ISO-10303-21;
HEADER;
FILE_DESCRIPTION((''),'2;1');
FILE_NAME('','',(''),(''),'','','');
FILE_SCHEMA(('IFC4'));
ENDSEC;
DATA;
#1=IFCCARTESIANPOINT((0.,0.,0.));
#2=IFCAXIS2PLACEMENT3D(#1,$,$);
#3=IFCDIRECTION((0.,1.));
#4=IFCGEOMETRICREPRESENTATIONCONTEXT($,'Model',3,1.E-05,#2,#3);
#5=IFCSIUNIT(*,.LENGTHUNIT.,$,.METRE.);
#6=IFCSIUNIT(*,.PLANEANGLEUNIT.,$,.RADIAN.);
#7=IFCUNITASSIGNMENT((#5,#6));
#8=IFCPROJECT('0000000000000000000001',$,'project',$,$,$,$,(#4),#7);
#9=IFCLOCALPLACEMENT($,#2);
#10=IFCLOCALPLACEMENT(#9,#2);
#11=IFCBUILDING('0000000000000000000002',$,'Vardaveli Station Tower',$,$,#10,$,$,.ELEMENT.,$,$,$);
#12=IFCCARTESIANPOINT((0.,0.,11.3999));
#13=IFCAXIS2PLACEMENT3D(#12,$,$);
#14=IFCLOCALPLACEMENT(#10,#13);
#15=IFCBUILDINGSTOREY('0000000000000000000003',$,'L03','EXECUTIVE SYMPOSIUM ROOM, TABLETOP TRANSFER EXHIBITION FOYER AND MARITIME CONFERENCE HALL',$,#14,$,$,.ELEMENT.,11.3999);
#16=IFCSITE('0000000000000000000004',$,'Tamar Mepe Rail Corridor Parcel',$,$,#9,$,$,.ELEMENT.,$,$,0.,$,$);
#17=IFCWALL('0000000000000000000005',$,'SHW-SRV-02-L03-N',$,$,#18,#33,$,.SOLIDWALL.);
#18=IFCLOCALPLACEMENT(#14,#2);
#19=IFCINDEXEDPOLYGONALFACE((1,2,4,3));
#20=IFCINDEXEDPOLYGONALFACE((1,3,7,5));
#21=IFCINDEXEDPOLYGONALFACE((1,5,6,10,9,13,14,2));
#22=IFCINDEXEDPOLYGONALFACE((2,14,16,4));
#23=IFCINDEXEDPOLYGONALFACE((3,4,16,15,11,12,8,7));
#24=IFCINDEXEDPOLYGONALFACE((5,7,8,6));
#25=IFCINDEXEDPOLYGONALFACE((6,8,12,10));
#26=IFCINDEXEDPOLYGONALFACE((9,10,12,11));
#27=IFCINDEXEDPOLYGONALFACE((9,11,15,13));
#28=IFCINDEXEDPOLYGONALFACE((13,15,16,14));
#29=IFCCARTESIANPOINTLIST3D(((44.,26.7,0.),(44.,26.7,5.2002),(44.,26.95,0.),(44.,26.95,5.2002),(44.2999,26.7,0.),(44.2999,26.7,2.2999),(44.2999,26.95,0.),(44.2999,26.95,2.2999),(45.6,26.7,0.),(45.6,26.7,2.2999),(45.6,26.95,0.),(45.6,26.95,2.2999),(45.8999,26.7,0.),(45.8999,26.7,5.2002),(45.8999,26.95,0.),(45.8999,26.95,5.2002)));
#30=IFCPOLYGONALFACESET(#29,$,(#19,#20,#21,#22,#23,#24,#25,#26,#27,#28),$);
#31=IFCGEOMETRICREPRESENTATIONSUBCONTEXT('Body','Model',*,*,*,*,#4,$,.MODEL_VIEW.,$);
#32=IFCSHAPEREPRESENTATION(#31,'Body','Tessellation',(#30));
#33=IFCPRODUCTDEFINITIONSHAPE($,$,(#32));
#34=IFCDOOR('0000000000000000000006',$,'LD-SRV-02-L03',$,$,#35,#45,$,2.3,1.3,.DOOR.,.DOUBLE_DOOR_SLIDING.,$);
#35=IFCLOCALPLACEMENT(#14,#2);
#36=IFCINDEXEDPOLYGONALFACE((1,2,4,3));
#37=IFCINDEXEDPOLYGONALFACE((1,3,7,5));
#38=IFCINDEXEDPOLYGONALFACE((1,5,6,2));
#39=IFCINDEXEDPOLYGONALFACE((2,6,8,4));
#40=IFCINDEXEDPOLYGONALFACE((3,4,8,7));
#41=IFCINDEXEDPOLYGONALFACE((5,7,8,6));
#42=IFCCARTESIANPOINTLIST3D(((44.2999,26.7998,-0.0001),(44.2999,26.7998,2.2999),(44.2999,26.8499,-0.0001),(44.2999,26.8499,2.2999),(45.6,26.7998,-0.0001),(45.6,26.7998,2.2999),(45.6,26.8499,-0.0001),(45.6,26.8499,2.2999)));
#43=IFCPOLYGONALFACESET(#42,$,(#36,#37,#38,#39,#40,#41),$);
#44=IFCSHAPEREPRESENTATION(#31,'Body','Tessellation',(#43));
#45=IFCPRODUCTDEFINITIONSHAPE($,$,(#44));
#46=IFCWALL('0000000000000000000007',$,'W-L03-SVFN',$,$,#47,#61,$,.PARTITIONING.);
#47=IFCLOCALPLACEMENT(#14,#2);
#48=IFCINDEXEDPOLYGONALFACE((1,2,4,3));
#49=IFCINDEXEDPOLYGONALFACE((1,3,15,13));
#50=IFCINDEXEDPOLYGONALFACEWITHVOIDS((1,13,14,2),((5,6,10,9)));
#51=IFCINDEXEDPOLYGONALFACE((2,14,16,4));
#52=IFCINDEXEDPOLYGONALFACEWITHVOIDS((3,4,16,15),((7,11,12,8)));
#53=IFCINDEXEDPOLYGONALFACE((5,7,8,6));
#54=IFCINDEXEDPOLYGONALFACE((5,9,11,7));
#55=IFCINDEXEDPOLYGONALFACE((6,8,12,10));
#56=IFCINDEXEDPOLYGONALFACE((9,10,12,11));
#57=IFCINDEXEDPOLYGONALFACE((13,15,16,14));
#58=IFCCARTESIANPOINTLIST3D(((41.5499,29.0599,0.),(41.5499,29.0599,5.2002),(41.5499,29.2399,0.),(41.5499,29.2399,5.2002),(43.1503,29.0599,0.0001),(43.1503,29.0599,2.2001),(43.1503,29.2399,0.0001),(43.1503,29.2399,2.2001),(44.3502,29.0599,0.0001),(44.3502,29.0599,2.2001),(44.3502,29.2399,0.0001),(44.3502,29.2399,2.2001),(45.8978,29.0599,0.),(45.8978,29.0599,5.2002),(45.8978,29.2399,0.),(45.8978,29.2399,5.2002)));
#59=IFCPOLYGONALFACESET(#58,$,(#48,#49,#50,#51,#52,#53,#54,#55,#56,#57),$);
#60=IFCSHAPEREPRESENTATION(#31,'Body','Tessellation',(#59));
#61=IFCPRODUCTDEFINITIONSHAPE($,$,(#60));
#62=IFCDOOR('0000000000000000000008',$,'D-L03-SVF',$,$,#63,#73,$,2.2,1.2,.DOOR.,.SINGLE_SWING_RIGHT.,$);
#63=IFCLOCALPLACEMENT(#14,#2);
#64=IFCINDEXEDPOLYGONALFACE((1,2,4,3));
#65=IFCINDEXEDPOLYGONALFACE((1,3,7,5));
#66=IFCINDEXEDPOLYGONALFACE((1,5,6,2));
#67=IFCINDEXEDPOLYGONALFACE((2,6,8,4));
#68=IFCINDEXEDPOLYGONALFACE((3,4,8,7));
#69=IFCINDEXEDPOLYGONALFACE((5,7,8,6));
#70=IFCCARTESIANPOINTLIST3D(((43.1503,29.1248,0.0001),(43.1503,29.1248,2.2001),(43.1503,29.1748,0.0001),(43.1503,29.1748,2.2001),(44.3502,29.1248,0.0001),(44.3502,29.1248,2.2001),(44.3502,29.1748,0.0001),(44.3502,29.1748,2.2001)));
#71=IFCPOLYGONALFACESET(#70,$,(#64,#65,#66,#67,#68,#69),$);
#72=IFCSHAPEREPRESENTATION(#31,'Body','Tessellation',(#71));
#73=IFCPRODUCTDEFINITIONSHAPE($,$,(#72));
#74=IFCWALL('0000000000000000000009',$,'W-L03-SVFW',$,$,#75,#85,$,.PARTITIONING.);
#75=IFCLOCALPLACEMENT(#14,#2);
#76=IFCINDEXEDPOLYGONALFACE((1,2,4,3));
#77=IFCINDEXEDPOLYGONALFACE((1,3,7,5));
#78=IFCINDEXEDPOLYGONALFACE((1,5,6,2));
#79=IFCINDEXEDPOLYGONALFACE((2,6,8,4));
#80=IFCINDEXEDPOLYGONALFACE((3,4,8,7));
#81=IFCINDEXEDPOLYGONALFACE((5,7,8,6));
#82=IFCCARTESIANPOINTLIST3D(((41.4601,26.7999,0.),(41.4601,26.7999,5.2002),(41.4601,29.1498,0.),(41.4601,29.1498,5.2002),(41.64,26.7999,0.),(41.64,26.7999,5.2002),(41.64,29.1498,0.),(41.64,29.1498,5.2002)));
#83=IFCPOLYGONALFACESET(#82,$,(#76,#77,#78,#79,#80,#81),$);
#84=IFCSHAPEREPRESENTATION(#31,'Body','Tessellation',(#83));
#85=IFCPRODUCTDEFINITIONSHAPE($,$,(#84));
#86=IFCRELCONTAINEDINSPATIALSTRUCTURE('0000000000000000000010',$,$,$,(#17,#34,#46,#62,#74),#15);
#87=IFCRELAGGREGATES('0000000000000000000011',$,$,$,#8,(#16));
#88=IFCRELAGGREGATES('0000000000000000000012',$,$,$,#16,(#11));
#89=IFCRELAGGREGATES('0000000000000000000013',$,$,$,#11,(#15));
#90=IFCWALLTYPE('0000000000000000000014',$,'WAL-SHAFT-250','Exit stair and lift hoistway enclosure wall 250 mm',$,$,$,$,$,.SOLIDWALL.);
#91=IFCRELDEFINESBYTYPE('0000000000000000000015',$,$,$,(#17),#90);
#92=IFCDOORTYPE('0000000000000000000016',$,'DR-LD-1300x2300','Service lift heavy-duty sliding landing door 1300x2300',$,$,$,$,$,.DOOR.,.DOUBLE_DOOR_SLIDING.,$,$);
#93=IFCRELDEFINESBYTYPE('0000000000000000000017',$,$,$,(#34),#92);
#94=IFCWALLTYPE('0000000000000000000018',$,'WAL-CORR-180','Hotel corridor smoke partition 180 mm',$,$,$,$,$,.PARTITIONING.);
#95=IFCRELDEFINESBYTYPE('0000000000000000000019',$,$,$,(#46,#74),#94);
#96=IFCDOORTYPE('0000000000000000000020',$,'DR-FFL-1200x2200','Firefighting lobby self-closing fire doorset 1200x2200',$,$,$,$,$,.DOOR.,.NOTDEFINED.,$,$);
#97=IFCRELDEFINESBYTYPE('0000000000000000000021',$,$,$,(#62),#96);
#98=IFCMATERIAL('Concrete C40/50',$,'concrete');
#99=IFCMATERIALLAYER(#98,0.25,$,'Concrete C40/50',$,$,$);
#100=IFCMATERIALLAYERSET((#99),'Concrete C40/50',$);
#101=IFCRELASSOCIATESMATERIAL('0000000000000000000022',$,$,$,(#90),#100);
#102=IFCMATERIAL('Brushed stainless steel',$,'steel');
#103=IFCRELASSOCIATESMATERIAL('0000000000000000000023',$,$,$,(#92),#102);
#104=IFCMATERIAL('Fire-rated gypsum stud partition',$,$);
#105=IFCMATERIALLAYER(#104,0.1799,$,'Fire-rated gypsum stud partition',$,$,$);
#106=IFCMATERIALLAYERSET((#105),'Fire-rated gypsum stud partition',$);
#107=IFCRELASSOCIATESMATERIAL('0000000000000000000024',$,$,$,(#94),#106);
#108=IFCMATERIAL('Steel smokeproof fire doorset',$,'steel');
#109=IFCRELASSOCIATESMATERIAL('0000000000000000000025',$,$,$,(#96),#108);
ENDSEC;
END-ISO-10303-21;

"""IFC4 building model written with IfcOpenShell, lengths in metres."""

from ifc_helpers import new_model, si_unit, direction, frame, frame_2d, origin, place, context, subcontext, project, spatial, rectangle, extrude, source, transform, mapped, material, layer, layer_set, type_object, element, fill, save


model = new_model("IFC4")

# Units and contexts
model_context = context("Model", 3, precision=1e-05, world=origin(), true_north=direction((0.0, 1.0)))
body_context = subcontext(model_context, "Body", "Model", "MODEL_VIEW")
ifc_project = project(units=[si_unit("LENGTHUNIT", "METRE"), si_unit("PLANEANGLEUNIT", "RADIAN")], contexts=[model_context])

# Site, building, storey
site_placement = place(None, origin())
site = spatial("IfcSite", under=ifc_project, at=site_placement, Name="Tamar Mepe Rail Corridor Parcel", CompositionType="ELEMENT", RefElevation=0.0)
building_placement = place(site_placement, origin())
building = spatial("IfcBuilding", under=site, at=building_placement, Name="Vardaveli Station Tower", CompositionType="ELEMENT")
storey_placement = place(building_placement, frame((0.0, 0.0, 11.3999)))
storey = spatial("IfcBuildingStorey", under=building, at=storey_placement, Name="L03", Description="EXECUTIVE SYMPOSIUM ROOM, TABLETOP TRANSFER EXHIBITION FOYER AND MARITIME CONFERENCE HALL", CompositionType="ELEMENT", Elevation=11.3999)

# Shared definitions
ifc_material_1 = material(Name="Concrete C40/50", Category="concrete")
ifc_layer_1 = layer(ifc_material_1, 0.25, Name="Concrete C40/50")
ifc_layer_set_1 = layer_set([ifc_layer_1], Name="Concrete C40/50")
wall_type_1 = type_object("IfcWallType", Name="WAL-SHAFT-250", Description="Exit stair and lift hoistway enclosure wall 250 mm", PredefinedType="SOLIDWALL", material=ifc_layer_set_1)

# Shared definitions
shared_shape_1 = source(origin(), body_context, "Body", "SweptSolid", [
    extrude(rectangle(XDim=1.3, YDim=2.3, at=frame_2d((0.6499, 1.1499))), frame((0.0, 0.135, 0.0), z_axis=(0.0, -1.0, 0.0), x_axis=(1.0, 0.0, 0.0)), (0.0, 0.0, 1.0), 0.27),
])
ifc_material_2 = material(Name="Brushed stainless steel", Category="steel")
door_type_1 = type_object("IfcDoorType", Name="DR-LD-1300x2300", Description="Service lift heavy-duty sliding landing door 1300x2300", OperationType="DOUBLE_DOOR_SLIDING", PredefinedType="DOOR", material=ifc_material_2)
shared_shape_2 = source(origin(), body_context, "Body", "SweptSolid", [
    extrude(rectangle(XDim=1.3, YDim=2.3, at=frame_2d((0.6499, 1.1499))), frame((0.0, 0.0249, 0.0), z_axis=(0.0, -1.0, 0.0), x_axis=(1.0, 0.0, 0.0)), (0.0, 0.0, 1.0), 0.05),
])

# Shared definitions
shared_shape_3 = source(origin(), body_context, "Body", "SweptSolid", [
    extrude(rectangle(XDim=1.8999, YDim=0.25, at=frame_2d((0.95, 0.0))), origin(), (0.0, 0.0, 1.0), 5.2002),
])

# Walls, openings, doors
wall_1_placement = place(storey_placement, frame((44.0, 26.825, 0.0), z_axis=(0.0, 0.0, 1.0), x_axis=(1.0, 0.0, 0.0)))
wall_1 = element("IfcWall", 1, at=wall_1_placement, inside=storey, type_object=wall_type_1, Name="SHW-SRV-02-L03-N", PredefinedType="SOLIDWALL", context=body_context, shape_type="MappedRepresentation", body=[
    mapped(shared_shape_3, transform((0.0, 0.0, 0.0), scale=1.0)),
])
opening_1_placement = place(wall_1_placement, frame((0.3, 0.0, 0.0)))
opening_1 = element("IfcOpeningElement", 2, at=opening_1_placement, cuts=wall_1, PredefinedType="OPENING", context=body_context, shape_type="MappedRepresentation", body=[
    mapped(shared_shape_1, transform((0.0, 0.0, 0.0), scale=1.0)),
])
door_1_placement = place(opening_1_placement, origin())
door_1 = element("IfcDoor", 3, at=door_1_placement, inside=storey, type_object=door_type_1, Name="LD-SRV-02-L03", OperationType="DOUBLE_DOOR_SLIDING", OverallHeight=2.3, OverallWidth=1.3, PredefinedType="DOOR", context=body_context, shape_type="MappedRepresentation", body=[
    mapped(shared_shape_2, transform((0.0, 0.0, 0.0), scale=1.0)),
])
fill(opening_1, door_1)
ifc_material_3 = material(Name="Fire-rated gypsum stud partition")
ifc_layer_2 = layer(ifc_material_3, 0.1799, Name="Fire-rated gypsum stud partition")
ifc_layer_set_2 = layer_set([ifc_layer_2], Name="Fire-rated gypsum stud partition")
wall_type_2 = type_object("IfcWallType", Name="WAL-CORR-180", Description="Hotel corridor smoke partition 180 mm", PredefinedType="PARTITIONING", material=ifc_layer_set_2)
shared_shape_4 = source(origin(), body_context, "Body", "SweptSolid", [
    extrude(rectangle(XDim=4.3479, YDim=0.1799, at=frame_2d((2.1738, 0.0))), origin(), (0.0, 0.0, 1.0), 5.2002),
])
wall_2_placement = place(storey_placement, frame((41.55, 29.1499, 0.0), z_axis=(0.0, 0.0, 1.0), x_axis=(1.0, 0.0, 0.0)))
wall_2 = element("IfcWall", 4, at=wall_2_placement, inside=storey, type_object=wall_type_2, Name="W-L03-SVFN", PredefinedType="PARTITIONING", context=body_context, shape_type="MappedRepresentation", body=[
    mapped(shared_shape_4, transform((0.0, 0.0, 0.0), scale=1.0)),
])
shared_shape_5 = source(origin(), body_context, "Body", "SweptSolid", [
    extrude(rectangle(XDim=1.2, YDim=2.2, at=frame_2d((0.6001, 1.1001))), frame((0.0, 0.1001, 0.0), z_axis=(0.0, -1.0, 0.0), x_axis=(1.0, 0.0, 0.0)), (0.0, 0.0, 1.0), 0.2),
])
opening_2_placement = place(wall_2_placement, frame((1.6001, 0.0, 0.0)))
opening_2 = element("IfcOpeningElement", 5, at=opening_2_placement, cuts=wall_2, PredefinedType="OPENING", context=body_context, shape_type="MappedRepresentation", body=[
    mapped(shared_shape_5, transform((0.0, 0.0, 0.0), scale=1.0)),
])
ifc_material_4 = material(Name="Steel smokeproof fire doorset", Category="steel")
door_type_2 = type_object("IfcDoorType", Name="DR-FFL-1200x2200", Description="Firefighting lobby self-closing fire doorset 1200x2200", OperationType="NOTDEFINED", PredefinedType="DOOR", material=ifc_material_4)
shared_shape_6 = source(origin(), body_context, "Body", "SweptSolid", [
    extrude(rectangle(XDim=1.2, YDim=2.2, at=frame_2d((0.6001, 1.1001))), frame((0.0, 0.0249, 0.0), z_axis=(0.0, -1.0, 0.0), x_axis=(1.0, 0.0, 0.0)), (0.0, 0.0, 1.0), 0.05),
])
door_2_placement = place(opening_2_placement, origin())
door_2 = element("IfcDoor", 6, at=door_2_placement, inside=storey, type_object=door_type_2, Name="D-L03-SVF", OperationType="SINGLE_SWING_RIGHT", OverallHeight=2.2, OverallWidth=1.2, PredefinedType="DOOR", context=body_context, shape_type="MappedRepresentation", body=[
    mapped(shared_shape_6, transform((0.0, 0.0, 0.0), scale=1.0)),
])
fill(opening_2, door_2)

# Wall
shared_shape_7 = source(origin(), body_context, "Body", "SweptSolid", [
    extrude(rectangle(XDim=2.3499, YDim=0.1799, at=frame_2d((1.1748, 0.0))), origin(), (0.0, 0.0, 1.0), 5.2002),
])
wall_3_placement = place(storey_placement, frame((41.55, 26.8, 0.0), z_axis=(0.0, 0.0, 1.0), x_axis=(0.0, 1.0, 0.0)))
element("IfcWall", 7, at=wall_3_placement, inside=storey, type_object=wall_type_2, Name="W-L03-SVFW", PredefinedType="PARTITIONING", context=body_context, shape_type="MappedRepresentation", body=[
    mapped(shared_shape_7, transform((0.0, 0.0, 0.0), scale=1.0)),
])

save(model, "model.ifc")
